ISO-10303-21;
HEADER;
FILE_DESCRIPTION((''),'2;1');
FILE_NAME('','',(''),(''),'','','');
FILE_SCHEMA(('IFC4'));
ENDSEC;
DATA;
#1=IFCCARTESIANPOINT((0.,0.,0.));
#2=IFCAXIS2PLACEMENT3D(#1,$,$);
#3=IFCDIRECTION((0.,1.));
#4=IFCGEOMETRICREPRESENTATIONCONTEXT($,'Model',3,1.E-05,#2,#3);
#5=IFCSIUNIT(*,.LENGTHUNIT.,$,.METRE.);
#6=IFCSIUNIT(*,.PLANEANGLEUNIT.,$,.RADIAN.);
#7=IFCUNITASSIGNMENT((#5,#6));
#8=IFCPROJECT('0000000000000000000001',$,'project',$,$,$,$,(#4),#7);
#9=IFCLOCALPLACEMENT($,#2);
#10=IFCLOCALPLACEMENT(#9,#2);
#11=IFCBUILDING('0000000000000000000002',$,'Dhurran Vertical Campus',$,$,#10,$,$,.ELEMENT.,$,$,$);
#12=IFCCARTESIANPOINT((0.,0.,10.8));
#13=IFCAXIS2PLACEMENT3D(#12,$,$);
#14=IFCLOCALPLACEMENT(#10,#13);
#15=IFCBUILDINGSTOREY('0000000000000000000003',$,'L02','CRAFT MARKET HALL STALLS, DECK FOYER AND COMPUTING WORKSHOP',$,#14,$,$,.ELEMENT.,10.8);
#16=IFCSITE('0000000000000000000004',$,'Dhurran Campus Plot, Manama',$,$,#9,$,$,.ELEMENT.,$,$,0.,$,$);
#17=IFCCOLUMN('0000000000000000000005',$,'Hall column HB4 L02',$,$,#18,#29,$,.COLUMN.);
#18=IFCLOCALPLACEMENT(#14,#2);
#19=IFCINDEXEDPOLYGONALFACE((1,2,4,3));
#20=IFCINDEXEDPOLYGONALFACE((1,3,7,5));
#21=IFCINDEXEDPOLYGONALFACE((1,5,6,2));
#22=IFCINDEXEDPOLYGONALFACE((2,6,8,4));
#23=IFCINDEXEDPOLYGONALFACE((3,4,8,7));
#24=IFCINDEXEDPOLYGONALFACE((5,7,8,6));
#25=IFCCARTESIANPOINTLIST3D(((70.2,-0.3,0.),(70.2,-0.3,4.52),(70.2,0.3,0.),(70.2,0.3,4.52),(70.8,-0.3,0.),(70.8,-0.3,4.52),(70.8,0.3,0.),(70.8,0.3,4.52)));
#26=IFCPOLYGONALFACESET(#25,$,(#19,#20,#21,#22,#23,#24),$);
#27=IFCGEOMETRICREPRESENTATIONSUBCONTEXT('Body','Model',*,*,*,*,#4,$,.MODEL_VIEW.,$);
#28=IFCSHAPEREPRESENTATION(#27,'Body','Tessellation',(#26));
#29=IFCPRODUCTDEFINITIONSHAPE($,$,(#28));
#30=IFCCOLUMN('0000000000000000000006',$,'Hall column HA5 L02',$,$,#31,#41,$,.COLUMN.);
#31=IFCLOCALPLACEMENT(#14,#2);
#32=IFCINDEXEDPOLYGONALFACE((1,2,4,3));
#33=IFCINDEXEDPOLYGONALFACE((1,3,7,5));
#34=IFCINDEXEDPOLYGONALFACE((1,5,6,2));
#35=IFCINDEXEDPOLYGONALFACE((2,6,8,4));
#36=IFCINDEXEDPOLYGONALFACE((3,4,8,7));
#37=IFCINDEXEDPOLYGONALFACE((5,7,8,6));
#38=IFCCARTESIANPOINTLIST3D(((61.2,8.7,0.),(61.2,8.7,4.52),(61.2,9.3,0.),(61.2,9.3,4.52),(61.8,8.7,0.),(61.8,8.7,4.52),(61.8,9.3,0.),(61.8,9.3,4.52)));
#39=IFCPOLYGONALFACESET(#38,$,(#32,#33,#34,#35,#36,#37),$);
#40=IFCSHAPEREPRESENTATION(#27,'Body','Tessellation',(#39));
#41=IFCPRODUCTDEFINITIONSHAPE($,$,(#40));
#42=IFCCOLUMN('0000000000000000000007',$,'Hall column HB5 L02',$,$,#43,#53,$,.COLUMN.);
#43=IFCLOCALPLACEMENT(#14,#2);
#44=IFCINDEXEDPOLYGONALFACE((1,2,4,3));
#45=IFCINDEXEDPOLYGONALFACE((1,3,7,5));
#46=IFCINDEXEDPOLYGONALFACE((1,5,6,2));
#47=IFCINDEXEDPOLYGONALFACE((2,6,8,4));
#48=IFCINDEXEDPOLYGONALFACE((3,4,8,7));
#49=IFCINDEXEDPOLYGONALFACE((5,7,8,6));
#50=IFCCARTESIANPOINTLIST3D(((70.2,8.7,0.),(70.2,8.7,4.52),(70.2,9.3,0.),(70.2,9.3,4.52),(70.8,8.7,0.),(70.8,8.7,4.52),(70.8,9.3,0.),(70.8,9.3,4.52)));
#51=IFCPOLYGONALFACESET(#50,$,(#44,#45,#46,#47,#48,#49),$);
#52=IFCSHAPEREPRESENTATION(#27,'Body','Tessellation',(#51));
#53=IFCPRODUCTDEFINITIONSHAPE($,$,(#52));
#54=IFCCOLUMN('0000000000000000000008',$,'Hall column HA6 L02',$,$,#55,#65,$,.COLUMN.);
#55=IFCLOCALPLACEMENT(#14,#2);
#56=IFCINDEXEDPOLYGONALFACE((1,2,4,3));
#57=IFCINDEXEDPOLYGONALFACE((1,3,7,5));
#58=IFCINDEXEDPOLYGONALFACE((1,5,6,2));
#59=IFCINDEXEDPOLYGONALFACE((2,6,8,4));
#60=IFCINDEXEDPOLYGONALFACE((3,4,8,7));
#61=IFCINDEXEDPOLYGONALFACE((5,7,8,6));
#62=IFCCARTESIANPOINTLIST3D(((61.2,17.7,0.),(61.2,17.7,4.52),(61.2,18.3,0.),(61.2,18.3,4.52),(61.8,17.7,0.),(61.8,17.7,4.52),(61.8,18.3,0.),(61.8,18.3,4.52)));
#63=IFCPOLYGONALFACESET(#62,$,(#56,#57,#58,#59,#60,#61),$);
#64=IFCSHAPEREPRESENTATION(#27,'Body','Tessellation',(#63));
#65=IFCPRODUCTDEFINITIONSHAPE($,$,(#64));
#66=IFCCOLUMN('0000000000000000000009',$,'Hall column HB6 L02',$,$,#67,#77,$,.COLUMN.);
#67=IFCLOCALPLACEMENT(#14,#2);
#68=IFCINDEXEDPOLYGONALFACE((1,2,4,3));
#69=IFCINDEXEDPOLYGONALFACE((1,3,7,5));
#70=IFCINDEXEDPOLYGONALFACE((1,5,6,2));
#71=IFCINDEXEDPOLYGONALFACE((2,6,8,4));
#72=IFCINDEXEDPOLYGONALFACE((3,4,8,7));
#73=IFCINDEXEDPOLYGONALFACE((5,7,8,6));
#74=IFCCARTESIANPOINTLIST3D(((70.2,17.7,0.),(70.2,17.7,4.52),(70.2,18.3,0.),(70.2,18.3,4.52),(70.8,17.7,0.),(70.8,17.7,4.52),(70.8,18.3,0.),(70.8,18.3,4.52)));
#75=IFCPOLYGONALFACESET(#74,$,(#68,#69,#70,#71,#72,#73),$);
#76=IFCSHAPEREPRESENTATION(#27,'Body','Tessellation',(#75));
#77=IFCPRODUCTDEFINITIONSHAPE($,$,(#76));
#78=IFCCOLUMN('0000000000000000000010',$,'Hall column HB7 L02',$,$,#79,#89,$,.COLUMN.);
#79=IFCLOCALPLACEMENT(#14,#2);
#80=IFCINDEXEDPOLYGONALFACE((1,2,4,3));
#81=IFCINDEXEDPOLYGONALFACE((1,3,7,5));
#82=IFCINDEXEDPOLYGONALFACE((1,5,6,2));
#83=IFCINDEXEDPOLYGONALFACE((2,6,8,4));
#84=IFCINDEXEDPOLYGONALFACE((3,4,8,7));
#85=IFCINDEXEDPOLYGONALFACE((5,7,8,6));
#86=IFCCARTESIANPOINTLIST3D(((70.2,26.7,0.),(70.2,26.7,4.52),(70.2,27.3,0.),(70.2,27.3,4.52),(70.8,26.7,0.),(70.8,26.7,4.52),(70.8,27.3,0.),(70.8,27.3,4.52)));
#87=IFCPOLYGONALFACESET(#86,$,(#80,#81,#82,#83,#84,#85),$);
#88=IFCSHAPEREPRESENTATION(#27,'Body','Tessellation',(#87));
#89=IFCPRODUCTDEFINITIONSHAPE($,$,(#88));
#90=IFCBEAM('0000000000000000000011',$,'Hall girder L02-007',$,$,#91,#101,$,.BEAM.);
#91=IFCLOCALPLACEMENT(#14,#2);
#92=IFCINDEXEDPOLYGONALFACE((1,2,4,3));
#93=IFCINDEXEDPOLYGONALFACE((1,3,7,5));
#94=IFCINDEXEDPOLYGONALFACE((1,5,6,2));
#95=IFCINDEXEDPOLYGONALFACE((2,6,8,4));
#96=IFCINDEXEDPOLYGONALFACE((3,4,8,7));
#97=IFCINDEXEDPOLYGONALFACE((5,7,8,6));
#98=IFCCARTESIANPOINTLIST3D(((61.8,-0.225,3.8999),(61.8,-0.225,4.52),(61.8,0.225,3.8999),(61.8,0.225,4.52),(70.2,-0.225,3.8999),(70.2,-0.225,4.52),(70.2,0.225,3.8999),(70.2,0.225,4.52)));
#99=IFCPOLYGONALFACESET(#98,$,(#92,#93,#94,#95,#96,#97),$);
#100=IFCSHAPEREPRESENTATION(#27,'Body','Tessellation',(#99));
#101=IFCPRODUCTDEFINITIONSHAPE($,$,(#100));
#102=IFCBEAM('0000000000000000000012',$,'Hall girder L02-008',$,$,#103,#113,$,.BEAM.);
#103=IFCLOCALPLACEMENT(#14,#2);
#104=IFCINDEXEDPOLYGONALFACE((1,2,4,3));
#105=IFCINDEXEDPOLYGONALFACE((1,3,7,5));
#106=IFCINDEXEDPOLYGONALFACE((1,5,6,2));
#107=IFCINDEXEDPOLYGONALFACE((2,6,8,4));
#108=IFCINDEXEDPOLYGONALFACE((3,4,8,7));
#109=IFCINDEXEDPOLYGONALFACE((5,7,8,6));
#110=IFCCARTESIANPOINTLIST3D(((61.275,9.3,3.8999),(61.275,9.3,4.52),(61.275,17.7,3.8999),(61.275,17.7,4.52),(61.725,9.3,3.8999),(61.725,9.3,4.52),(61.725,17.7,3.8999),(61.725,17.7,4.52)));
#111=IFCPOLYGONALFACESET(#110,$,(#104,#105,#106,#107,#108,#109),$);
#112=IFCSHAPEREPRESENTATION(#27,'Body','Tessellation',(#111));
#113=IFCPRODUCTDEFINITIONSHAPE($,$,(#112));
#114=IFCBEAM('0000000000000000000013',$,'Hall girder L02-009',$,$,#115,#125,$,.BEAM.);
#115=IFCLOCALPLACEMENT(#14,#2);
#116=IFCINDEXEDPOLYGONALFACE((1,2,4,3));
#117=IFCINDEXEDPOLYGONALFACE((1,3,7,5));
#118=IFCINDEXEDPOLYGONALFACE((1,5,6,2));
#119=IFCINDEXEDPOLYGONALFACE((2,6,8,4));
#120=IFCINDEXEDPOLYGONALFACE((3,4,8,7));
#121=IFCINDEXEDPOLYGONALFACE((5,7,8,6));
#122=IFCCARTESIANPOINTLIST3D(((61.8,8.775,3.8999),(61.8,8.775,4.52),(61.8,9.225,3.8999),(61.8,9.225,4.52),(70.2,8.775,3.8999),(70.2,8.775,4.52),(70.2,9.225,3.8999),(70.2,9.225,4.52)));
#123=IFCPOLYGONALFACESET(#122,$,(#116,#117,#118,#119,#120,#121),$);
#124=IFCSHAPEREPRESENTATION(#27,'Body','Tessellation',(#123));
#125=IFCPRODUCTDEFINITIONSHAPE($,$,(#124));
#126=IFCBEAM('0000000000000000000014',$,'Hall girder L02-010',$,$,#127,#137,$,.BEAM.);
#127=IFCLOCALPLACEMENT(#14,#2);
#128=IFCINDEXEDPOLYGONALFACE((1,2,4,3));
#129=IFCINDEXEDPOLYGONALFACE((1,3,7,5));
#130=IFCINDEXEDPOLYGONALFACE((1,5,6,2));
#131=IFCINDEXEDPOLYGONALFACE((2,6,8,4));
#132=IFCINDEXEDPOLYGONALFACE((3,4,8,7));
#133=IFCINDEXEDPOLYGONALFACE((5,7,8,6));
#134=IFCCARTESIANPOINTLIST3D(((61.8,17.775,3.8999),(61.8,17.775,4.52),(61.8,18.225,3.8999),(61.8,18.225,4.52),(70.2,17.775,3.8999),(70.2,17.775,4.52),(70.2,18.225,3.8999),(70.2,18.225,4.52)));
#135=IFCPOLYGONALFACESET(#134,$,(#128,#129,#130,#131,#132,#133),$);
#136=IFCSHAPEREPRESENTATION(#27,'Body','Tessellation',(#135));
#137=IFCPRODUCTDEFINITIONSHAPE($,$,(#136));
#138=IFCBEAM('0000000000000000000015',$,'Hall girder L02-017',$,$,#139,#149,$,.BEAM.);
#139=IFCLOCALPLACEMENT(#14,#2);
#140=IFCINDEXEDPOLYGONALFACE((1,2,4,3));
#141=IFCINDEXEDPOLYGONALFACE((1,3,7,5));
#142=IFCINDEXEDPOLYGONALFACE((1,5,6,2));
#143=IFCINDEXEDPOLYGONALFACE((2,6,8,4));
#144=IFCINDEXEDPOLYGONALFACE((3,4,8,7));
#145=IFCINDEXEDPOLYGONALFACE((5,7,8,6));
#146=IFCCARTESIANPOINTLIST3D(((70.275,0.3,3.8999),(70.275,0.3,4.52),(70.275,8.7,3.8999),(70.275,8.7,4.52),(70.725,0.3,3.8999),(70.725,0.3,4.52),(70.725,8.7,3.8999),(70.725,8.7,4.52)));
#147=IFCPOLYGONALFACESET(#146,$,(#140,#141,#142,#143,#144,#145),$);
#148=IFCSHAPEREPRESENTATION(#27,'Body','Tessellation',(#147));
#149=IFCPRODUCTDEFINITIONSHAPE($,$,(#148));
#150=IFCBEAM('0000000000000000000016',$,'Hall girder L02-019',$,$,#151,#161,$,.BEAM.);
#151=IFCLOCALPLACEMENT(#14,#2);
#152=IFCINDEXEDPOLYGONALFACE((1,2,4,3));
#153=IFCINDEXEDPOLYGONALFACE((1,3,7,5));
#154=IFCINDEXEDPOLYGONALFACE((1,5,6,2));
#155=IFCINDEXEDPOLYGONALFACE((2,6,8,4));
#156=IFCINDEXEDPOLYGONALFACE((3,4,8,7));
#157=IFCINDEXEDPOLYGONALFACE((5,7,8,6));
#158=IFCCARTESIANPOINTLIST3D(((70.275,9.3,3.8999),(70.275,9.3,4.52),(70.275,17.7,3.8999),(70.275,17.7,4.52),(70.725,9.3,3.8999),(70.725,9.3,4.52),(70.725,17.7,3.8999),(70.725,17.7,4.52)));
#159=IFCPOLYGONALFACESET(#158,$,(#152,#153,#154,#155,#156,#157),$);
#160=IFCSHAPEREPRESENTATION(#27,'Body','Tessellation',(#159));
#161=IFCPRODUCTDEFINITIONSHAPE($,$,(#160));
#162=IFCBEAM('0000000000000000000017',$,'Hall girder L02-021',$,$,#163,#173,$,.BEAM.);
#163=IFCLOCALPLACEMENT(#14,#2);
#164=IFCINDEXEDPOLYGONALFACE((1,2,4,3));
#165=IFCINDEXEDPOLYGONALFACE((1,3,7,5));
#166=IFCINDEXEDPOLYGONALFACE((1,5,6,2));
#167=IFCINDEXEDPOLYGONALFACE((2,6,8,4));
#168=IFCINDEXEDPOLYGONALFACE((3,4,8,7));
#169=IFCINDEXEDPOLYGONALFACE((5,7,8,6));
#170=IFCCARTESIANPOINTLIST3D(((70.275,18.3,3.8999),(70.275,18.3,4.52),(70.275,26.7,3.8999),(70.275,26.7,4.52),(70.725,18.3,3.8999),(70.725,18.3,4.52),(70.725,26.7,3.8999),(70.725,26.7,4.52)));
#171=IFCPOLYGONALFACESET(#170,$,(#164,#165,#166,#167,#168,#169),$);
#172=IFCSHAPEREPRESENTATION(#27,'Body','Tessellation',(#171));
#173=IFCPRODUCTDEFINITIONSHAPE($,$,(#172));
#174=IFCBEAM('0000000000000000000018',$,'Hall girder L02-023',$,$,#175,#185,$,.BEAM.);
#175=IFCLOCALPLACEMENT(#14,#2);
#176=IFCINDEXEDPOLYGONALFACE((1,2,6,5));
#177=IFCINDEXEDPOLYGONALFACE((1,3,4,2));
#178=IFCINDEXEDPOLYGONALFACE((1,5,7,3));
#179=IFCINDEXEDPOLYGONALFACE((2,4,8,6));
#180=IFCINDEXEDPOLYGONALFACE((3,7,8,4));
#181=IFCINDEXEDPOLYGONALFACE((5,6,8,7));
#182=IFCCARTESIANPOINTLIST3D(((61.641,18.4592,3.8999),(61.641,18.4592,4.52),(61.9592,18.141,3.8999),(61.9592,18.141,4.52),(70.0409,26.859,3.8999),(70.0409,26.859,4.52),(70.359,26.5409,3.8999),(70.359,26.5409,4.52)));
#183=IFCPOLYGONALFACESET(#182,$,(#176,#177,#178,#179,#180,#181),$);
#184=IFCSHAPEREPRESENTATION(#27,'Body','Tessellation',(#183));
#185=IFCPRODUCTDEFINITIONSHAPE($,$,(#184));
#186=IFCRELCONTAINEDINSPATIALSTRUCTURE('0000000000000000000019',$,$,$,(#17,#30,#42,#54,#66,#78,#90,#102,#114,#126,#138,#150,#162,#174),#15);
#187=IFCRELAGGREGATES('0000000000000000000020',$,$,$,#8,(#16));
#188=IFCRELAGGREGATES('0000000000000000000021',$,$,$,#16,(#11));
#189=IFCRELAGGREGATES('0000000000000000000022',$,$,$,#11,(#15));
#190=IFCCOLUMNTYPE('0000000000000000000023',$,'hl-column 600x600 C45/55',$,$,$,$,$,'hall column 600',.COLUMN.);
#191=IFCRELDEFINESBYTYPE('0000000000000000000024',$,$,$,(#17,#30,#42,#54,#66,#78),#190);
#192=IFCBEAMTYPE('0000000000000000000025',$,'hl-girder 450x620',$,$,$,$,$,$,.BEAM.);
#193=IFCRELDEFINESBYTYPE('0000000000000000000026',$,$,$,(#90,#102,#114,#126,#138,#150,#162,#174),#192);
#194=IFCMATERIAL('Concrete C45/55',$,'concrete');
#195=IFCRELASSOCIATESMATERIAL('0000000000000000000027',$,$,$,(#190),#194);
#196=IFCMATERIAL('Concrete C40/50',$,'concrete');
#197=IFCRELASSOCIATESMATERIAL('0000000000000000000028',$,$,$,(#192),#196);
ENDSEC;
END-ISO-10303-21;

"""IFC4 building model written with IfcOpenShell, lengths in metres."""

from ifc_helpers import new_model, si_unit, direction, frame, origin, origin_2d, place, context, subcontext, project, spatial, rectangle, extrude, material, material_profile, profile_set, type_object, element, save


model = new_model("IFC4")

# Units and contexts
model_context = context("Model", 3, precision=1e-05, world=origin(), true_north=direction((0.0, 1.0)))
body_context = subcontext(model_context, "Body", "Model", "MODEL_VIEW")
ifc_project = project(units=[si_unit("LENGTHUNIT", "METRE"), si_unit("PLANEANGLEUNIT", "RADIAN")], contexts=[model_context])

# Site, building, storey
site_placement = place(None, origin())
site = spatial("IfcSite", under=ifc_project, at=site_placement, Name="Dhurran Campus Plot, Manama", CompositionType="ELEMENT", RefElevation=0.0)
building_placement = place(site_placement, origin())
building = spatial("IfcBuilding", under=site, at=building_placement, Name="Dhurran Vertical Campus", CompositionType="ELEMENT")
storey_placement = place(building_placement, frame((0.0, 0.0, 10.8)))
storey = spatial("IfcBuildingStorey", under=building, at=storey_placement, Name="L02", Description="CRAFT MARKET HALL STALLS, DECK FOYER AND COMPUTING WORKSHOP", CompositionType="ELEMENT", Elevation=10.8)

# Columns
ifc_material_1 = material(Name="Concrete C45/55", Category="concrete")
ifc_material_profile_1 = material_profile(ifc_material_1, rectangle(XDim=0.6001, YDim=0.6001, at=origin_2d()), Name="hl-column 600x600 C45/55")
ifc_profile_set_1 = profile_set([ifc_material_profile_1], Name="Concrete C45/55")
column_type = type_object("IfcColumnType", Name="hl-column 600x600 C45/55", ElementType="hall column 600", PredefinedType="COLUMN", material=ifc_profile_set_1)
for number, where, z_axis, x_axis, name in (
    (1, (70.5, 0.0, 0.0), (0.0, 0.0, 1.0), (1.0, 0.0, 0.0), "Hall column HB4 L02"),
    (2, (61.5, 9.0, 0.0), (0.0, 0.0, 1.0), (1.0, 0.0, 0.0), "Hall column HA5 L02"),
    (3, (70.5, 9.0, 0.0), (0.0, 0.0, 1.0), (1.0, 0.0, 0.0), "Hall column HB5 L02"),
    (4, (61.5, 18.0, 0.0), (0.0, 0.0, 1.0), (1.0, 0.0, 0.0), "Hall column HA6 L02"),
    (5, (70.5, 18.0, 0.0), (0.0, 0.0, 1.0), (1.0, 0.0, 0.0), "Hall column HB6 L02"),
    (6, (70.5, 27.0, 0.0), (0.0, 0.0, 1.0), (1.0, 0.0, 0.0), "Hall column HB7 L02"),
):
    element("IfcColumn", number, at=place(storey_placement, frame(where, z_axis=z_axis, x_axis=x_axis)), inside=storey, type_object=column_type, Name=name, PredefinedType="COLUMN", context=body_context, shape_type="SweptSolid", body=[
        extrude(rectangle(XDim=0.6001, YDim=0.6001, at=origin_2d()), origin(), (0.0, 0.0, 1.0), 4.52),
    ])

# Beams
ifc_material_2 = material(Name="Concrete C40/50", Category="concrete")
ifc_material_profile_2 = material_profile(ifc_material_2, rectangle(XDim=0.45, YDim=0.6201, at=origin_2d()), Name="hl-girder 450x620")
ifc_profile_set_2 = profile_set([ifc_material_profile_2], Name="Concrete C40/50")
beam_type = type_object("IfcBeamType", Name="hl-girder 450x620", PredefinedType="BEAM", material=ifc_profile_set_2)
for number, where, z_axis, x_axis, name in (
    (7, (61.8, 0.0, 4.21), (1.0, 0.0, 0.0), (0.0, 1.0, 0.0), "Hall girder L02-007"),
    (8, (61.5, 9.3, 4.21), (0.0, 1.0, 0.0), (-1.0, 0.0, 0.0), "Hall girder L02-008"),
    (9, (61.8, 9.0, 4.21), (1.0, 0.0, 0.0), (0.0, 1.0, 0.0), "Hall girder L02-009"),
    (10, (61.8, 18.0, 4.21), (1.0, 0.0, 0.0), (0.0, 1.0, 0.0), "Hall girder L02-010"),
    (11, (70.5, 0.3, 4.21), (0.0, 1.0, 0.0), (-1.0, 0.0, 0.0), "Hall girder L02-017"),
    (12, (70.5, 9.3, 4.21), (0.0, 1.0, 0.0), (-1.0, 0.0, 0.0), "Hall girder L02-019"),
    (13, (70.5, 18.3, 4.21), (0.0, 1.0, 0.0), (-1.0, 0.0, 0.0), "Hall girder L02-021"),
):
    element("IfcBeam", number, at=place(storey_placement, frame(where, z_axis=z_axis, x_axis=x_axis)), inside=storey, type_object=beam_type, Name=name, PredefinedType="BEAM", context=body_context, shape_type="SweptSolid", body=[
        extrude(rectangle(XDim=0.45, YDim=0.6201, at=origin_2d()), origin(), (0.0, 0.0, 1.0), 8.3999),
    ])
beam_placement = place(storey_placement, frame((70.2, 26.7, 4.21), z_axis=(-0.707107, -0.707107, 0.0), x_axis=(0.707107, -0.707107, 0.0)))
element("IfcBeam", 14, at=beam_placement, inside=storey, type_object=beam_type, Name="Hall girder L02-023", PredefinedType="BEAM", context=body_context, shape_type="SweptSolid", body=[
    extrude(rectangle(XDim=0.45, YDim=0.6201, at=origin_2d()), origin(), (0.0, 0.0, 1.0), 11.8792),
])

save(model, "model.ifc")
